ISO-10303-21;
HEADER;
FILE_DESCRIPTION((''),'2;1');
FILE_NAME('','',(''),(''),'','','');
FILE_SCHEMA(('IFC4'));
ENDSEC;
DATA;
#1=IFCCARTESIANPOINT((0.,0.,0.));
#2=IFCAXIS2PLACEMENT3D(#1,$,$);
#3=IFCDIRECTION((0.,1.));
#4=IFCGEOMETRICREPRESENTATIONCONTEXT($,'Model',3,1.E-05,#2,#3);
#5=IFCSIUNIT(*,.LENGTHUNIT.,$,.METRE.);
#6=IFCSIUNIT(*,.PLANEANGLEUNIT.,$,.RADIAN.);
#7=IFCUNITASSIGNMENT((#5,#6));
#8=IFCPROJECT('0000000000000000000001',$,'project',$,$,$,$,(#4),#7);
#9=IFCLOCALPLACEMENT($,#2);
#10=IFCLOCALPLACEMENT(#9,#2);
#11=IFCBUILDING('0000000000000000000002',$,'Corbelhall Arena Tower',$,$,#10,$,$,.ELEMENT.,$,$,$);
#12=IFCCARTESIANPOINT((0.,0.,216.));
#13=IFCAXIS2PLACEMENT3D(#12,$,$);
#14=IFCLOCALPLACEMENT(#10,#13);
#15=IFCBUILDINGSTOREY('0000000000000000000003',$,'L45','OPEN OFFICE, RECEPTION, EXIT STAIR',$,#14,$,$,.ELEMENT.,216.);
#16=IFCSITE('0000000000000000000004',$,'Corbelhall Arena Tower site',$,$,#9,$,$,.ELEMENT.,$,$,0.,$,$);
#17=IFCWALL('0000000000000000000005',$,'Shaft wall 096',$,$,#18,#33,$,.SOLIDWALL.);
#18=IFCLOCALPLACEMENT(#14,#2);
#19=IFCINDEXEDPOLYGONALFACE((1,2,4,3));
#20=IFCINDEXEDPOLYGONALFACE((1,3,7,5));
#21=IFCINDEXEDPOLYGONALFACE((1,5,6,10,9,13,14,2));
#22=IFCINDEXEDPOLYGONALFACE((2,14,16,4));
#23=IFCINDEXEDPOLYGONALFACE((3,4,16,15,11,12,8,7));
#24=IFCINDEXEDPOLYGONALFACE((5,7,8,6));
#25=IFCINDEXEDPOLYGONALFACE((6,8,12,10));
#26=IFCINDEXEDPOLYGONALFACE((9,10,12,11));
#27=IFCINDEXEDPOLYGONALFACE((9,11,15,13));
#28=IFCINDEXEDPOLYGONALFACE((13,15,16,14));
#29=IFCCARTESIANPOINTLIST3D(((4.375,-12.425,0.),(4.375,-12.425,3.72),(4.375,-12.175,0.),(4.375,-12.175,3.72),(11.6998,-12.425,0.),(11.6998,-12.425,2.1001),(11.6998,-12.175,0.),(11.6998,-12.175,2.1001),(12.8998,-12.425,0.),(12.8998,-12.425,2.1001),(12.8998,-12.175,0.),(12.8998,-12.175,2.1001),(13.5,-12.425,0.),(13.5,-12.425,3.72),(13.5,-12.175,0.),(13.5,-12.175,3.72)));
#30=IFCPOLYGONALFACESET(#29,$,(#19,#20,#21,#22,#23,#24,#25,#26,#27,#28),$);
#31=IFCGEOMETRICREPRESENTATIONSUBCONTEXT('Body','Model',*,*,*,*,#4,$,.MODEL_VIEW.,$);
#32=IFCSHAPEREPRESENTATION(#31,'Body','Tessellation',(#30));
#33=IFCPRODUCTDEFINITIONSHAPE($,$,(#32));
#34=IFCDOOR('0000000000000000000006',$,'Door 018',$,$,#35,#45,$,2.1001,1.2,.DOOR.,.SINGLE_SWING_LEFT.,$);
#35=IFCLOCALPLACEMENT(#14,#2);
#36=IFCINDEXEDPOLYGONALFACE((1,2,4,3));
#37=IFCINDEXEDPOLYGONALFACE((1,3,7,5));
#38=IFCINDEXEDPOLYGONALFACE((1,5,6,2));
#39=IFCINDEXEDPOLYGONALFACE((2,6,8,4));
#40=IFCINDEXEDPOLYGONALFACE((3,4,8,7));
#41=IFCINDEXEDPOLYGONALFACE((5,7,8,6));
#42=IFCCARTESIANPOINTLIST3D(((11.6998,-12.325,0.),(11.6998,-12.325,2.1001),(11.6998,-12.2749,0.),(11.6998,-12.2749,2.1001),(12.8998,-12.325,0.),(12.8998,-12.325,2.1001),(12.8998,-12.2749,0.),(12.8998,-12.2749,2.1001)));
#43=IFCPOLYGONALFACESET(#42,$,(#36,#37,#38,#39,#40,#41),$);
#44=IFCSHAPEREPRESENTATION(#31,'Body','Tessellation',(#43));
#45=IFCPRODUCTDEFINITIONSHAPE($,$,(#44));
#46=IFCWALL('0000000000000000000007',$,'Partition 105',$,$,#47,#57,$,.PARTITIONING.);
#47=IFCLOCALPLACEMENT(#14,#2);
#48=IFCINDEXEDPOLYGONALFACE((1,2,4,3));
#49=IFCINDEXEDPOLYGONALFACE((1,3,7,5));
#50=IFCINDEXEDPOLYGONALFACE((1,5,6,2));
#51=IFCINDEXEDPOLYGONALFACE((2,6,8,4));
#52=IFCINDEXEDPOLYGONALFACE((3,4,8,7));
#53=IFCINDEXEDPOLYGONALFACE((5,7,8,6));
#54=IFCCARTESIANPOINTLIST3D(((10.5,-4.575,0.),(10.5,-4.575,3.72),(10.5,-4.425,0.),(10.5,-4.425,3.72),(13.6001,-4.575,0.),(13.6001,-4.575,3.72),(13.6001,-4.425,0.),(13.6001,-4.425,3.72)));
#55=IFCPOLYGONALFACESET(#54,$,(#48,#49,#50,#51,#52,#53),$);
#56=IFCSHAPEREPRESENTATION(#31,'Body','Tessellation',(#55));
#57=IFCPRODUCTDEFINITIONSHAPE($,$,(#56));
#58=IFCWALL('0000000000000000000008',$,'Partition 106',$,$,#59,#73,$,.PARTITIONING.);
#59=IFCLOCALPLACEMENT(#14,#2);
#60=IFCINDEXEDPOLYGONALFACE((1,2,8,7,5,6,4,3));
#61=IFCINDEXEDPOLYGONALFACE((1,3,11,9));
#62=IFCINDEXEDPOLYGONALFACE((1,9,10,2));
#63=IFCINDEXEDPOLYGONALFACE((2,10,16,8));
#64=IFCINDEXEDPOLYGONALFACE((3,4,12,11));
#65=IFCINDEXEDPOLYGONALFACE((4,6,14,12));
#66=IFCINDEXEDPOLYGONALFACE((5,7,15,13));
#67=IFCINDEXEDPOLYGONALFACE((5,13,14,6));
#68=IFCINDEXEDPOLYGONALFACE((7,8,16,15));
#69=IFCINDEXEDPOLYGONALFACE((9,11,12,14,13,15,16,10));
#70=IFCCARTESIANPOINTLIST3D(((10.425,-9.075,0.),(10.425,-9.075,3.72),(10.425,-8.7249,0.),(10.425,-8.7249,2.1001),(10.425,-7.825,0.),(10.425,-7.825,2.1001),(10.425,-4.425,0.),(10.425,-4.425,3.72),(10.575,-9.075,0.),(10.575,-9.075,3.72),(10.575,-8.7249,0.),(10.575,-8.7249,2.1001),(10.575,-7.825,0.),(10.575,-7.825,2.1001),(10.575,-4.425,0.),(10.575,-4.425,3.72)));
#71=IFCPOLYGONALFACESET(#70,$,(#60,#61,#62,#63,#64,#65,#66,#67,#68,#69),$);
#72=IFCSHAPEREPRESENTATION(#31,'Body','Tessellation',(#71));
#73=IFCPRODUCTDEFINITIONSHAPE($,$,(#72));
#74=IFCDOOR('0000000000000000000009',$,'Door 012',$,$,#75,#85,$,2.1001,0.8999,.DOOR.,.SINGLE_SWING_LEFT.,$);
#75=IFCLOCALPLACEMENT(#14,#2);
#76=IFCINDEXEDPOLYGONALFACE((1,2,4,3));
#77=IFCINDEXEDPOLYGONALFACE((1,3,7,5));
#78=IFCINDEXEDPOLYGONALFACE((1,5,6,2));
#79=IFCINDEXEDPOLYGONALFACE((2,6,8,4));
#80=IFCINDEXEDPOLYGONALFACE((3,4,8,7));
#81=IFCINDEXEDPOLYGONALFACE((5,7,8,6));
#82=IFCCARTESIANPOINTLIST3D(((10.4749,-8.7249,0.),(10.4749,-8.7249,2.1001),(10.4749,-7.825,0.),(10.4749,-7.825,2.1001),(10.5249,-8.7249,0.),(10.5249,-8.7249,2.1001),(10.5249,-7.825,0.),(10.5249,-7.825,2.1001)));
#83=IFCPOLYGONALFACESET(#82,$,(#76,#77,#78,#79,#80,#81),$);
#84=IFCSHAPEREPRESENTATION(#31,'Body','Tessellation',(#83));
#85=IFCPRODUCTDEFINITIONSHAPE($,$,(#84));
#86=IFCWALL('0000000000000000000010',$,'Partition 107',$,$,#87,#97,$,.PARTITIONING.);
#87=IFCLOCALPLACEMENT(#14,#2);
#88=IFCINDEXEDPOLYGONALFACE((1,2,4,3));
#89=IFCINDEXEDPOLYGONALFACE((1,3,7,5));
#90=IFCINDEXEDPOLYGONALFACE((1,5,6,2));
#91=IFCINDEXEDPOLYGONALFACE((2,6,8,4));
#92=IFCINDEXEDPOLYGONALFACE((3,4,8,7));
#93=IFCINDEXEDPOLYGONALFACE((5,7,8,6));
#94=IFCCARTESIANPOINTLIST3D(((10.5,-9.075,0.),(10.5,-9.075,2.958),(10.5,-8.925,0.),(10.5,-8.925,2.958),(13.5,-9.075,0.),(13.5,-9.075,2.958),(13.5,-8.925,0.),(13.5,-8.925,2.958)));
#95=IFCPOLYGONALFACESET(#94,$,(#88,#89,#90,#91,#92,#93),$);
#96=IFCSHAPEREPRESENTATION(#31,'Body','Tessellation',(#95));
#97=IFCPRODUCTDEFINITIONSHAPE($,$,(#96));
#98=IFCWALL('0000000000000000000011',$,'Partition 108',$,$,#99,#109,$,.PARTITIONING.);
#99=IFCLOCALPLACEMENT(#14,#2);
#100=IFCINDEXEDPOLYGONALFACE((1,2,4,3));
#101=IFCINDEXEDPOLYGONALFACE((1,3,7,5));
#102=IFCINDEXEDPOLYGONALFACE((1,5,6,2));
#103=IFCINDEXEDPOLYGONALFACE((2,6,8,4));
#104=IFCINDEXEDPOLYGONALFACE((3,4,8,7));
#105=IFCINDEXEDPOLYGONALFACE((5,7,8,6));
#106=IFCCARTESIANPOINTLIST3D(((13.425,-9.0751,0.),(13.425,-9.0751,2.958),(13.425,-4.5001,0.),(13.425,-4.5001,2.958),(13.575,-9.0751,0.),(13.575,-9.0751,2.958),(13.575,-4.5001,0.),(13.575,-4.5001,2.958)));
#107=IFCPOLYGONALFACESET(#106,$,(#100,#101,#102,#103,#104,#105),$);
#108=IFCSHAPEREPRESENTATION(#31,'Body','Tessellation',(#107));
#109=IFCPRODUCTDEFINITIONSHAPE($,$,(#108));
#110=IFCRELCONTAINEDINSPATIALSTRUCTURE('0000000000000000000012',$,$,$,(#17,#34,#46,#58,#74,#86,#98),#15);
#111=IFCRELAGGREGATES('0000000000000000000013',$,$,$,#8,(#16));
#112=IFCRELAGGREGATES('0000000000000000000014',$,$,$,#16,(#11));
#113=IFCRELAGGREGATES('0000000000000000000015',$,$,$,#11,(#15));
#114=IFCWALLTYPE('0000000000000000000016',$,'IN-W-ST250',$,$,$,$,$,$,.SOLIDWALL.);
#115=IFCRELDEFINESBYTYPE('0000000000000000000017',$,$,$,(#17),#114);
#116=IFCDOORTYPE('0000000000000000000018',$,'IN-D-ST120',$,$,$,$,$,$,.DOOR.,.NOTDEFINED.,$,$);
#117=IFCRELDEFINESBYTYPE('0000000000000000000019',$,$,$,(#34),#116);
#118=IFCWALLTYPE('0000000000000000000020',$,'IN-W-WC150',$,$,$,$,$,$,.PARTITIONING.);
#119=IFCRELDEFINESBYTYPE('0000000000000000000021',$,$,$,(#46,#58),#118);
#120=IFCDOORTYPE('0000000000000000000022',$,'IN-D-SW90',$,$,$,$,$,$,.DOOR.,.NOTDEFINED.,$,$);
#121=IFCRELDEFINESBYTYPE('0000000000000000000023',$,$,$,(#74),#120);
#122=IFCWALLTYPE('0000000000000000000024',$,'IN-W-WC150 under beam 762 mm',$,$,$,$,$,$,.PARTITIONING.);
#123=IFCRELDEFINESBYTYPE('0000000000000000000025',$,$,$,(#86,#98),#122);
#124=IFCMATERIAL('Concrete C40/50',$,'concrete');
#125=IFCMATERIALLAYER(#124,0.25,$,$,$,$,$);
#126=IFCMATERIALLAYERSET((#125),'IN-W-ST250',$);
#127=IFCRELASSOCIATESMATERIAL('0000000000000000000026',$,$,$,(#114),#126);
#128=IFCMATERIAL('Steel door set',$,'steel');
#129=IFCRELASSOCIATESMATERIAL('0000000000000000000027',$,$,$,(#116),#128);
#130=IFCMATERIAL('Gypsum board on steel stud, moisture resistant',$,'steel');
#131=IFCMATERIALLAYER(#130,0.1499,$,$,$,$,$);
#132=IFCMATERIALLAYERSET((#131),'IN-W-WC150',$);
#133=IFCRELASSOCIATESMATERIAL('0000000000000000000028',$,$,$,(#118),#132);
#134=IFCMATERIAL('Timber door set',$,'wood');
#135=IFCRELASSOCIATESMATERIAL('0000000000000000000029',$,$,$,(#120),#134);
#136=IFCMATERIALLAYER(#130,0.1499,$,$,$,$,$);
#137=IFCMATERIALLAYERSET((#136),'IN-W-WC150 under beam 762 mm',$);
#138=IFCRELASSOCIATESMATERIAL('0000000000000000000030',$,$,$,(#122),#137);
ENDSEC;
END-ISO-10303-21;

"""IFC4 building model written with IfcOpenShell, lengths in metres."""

from ifc_helpers import new_model, si_unit, direction, frame, frame_2d, origin, place, context, subcontext, project, spatial, rectangle, extrude, material, layer, layer_set, type_object, element, fill, save


model = new_model("IFC4")

# Units and contexts
model_context = context("Model", 3, precision=1e-05, world=origin(), true_north=direction((0.0, 1.0)))
body_context = subcontext(model_context, "Body", "Model", "MODEL_VIEW")
ifc_project = project(units=[si_unit("LENGTHUNIT", "METRE"), si_unit("PLANEANGLEUNIT", "RADIAN")], contexts=[model_context])

# Site, building, storey
site_placement = place(None, origin())
site = spatial("IfcSite", under=ifc_project, at=site_placement, Name="Corbelhall Arena Tower site", CompositionType="ELEMENT", RefElevation=0.0)
building_placement = place(site_placement, origin())
building = spatial("IfcBuilding", under=site, at=building_placement, Name="Corbelhall Arena Tower", CompositionType="ELEMENT")
storey_placement = place(building_placement, frame((0.0, 0.0, 216.0)))
storey = spatial("IfcBuildingStorey", under=building, at=storey_placement, Name="L45", Description="OPEN OFFICE, RECEPTION, EXIT STAIR", CompositionType="ELEMENT", Elevation=216.0)

# Shared definitions
ifc_material_1 = material(Name="Steel door set", Category="steel")

# Shared definitions
ifc_material_2 = material(Name="Concrete C40/50", Category="concrete")
ifc_layer_1 = layer(ifc_material_2, 0.25)
ifc_layer_set_1 = layer_set([ifc_layer_1], Name="IN-W-ST250")
wall_type_1 = type_object("IfcWallType", Name="IN-W-ST250", PredefinedType="SOLIDWALL", material=ifc_layer_set_1)

# Wall, opening, door
wall_1_placement = place(storey_placement, frame((13.5, -12.3, 0.0), z_axis=(0.0, 0.0, 1.0), x_axis=(-1.0, 0.0, 0.0)))
wall_1 = element("IfcWall", 1, at=wall_1_placement, inside=storey, type_object=wall_type_1, Name="Shaft wall 096", PredefinedType="SOLIDWALL", context=body_context, shape_type="SweptSolid", body=[
    extrude(rectangle(XDim=9.125, YDim=0.25, at=frame_2d((4.5625, 0.0))), origin(), (0.0, 0.0, 1.0), 3.72),
])
opening_1_placement = place(wall_1_placement, frame((0.6001, 0.0, 0.0)))
opening_1 = element("IfcOpeningElement", 2, at=opening_1_placement, cuts=wall_1, PredefinedType="OPENING", context=body_context, shape_type="SweptSolid", body=[
    extrude(rectangle(XDim=1.2, YDim=2.1001, at=frame_2d((0.6001, 1.05))), frame((0.0, 0.125, 0.0), z_axis=(0.0, -1.0, 0.0), x_axis=(1.0, 0.0, 0.0)), (0.0, 0.0, 1.0), 0.25),
])
door_type_1 = type_object("IfcDoorType", Name="IN-D-ST120", OperationType="NOTDEFINED", PredefinedType="DOOR", material=ifc_material_1)
door_1_placement = place(opening_1_placement, origin())
door_1 = element("IfcDoor", 3, at=door_1_placement, inside=storey, type_object=door_type_1, Name="Door 018", OperationType="SINGLE_SWING_LEFT", OverallHeight=2.1001, OverallWidth=1.2, PredefinedType="DOOR", context=body_context, shape_type="SweptSolid", body=[
    extrude(rectangle(XDim=1.2, YDim=2.1001, at=frame_2d((0.6001, 1.05))), frame((0.0, 0.0249, 0.0), z_axis=(0.0, -1.0, 0.0), x_axis=(1.0, 0.0, 0.0)), (0.0, 0.0, 1.0), 0.05),
])
fill(opening_1, door_1)

# Wall
ifc_material_3 = material(Name="Gypsum board on steel stud, moisture resistant", Category="steel")
ifc_layer_2 = layer(ifc_material_3, 0.1499)
ifc_layer_set_2 = layer_set([ifc_layer_2], Name="IN-W-WC150")
wall_type_2 = type_object("IfcWallType", Name="IN-W-WC150", PredefinedType="PARTITIONING", material=ifc_layer_set_2)
wall_2_placement = place(storey_placement, frame((10.5, -4.5, 0.0), z_axis=(0.0, 0.0, 1.0), x_axis=(1.0, 0.0, 0.0)))
element("IfcWall", 4, at=wall_2_placement, inside=storey, type_object=wall_type_2, Name="Partition 105", PredefinedType="PARTITIONING", context=body_context, shape_type="SweptSolid", body=[
    extrude(rectangle(XDim=3.1001, YDim=0.1499, at=frame_2d((1.55, 0.0))), origin(), (0.0, 0.0, 1.0), 3.72),
])

# Wall, opening, door
wall_3_placement = place(storey_placement, frame((10.5, -4.425, 0.0), z_axis=(0.0, 0.0, 1.0), x_axis=(0.0, -1.0, 0.0)))
wall_3 = element("IfcWall", 5, at=wall_3_placement, inside=storey, type_object=wall_type_2, Name="Partition 106", PredefinedType="PARTITIONING", context=body_context, shape_type="SweptSolid", body=[
    extrude(rectangle(XDim=4.6499, YDim=0.1499, at=frame_2d((2.325, 0.0))), origin(), (0.0, 0.0, 1.0), 3.72),
])
opening_2_placement = place(wall_3_placement, frame((3.3999, 0.0, 0.0)))
opening_2 = element("IfcOpeningElement", 6, at=opening_2_placement, cuts=wall_3, PredefinedType="OPENING", context=body_context, shape_type="SweptSolid", body=[
    extrude(rectangle(XDim=0.8999, YDim=2.1001, at=frame_2d((0.45, 1.05))), frame((0.0, 0.075, 0.0), z_axis=(0.0, -1.0, 0.0), x_axis=(1.0, 0.0, 0.0)), (0.0, 0.0, 1.0), 0.1499),
])
ifc_material_4 = material(Name="Timber door set", Category="wood")
door_type_2 = type_object("IfcDoorType", Name="IN-D-SW90", OperationType="NOTDEFINED", PredefinedType="DOOR", material=ifc_material_4)
door_2_placement = place(opening_2_placement, origin())
door_2 = element("IfcDoor", 7, at=door_2_placement, inside=storey, type_object=door_type_2, Name="Door 012", OperationType="SINGLE_SWING_LEFT", OverallHeight=2.1001, OverallWidth=0.8999, PredefinedType="DOOR", context=body_context, shape_type="SweptSolid", body=[
    extrude(rectangle(XDim=0.8999, YDim=2.1001, at=frame_2d((0.45, 1.05))), frame((0.0, 0.0249, 0.0), z_axis=(0.0, -1.0, 0.0), x_axis=(1.0, 0.0, 0.0)), (0.0, 0.0, 1.0), 0.05),
])
fill(opening_2, door_2)

# Walls
ifc_layer_3 = layer(ifc_material_3, 0.1499)
ifc_layer_set_3 = layer_set([ifc_layer_3], Name="IN-W-WC150 under beam 762 mm")
wall_type_3 = type_object("IfcWallType", Name="IN-W-WC150 under beam 762 mm", PredefinedType="PARTITIONING", material=ifc_layer_set_3)
wall_4_placement = place(storey_placement, frame((13.5, -9.0, 0.0), z_axis=(0.0, 0.0, 1.0), x_axis=(-1.0, 0.0, 0.0)))
element("IfcWall", 8, at=wall_4_placement, inside=storey, type_object=wall_type_3, Name="Partition 107", PredefinedType="PARTITIONING", context=body_context, shape_type="SweptSolid", body=[
    extrude(rectangle(XDim=3.0, YDim=0.1499, at=frame_2d((1.5, 0.0))), origin(), (0.0, 0.0, 1.0), 2.958),
])
wall_5_placement = place(storey_placement, frame((13.5, -4.5, 0.0), z_axis=(0.0, 0.0, 1.0), x_axis=(0.0, -1.0, 0.0)))
element("IfcWall", 9, at=wall_5_placement, inside=storey, type_object=wall_type_3, Name="Partition 108", PredefinedType="PARTITIONING", context=body_context, shape_type="SweptSolid", body=[
    extrude(rectangle(XDim=4.575, YDim=0.1499, at=frame_2d((2.2876, 0.0))), origin(), (0.0, 0.0, 1.0), 2.958),
])

save(model, "model.ifc")
